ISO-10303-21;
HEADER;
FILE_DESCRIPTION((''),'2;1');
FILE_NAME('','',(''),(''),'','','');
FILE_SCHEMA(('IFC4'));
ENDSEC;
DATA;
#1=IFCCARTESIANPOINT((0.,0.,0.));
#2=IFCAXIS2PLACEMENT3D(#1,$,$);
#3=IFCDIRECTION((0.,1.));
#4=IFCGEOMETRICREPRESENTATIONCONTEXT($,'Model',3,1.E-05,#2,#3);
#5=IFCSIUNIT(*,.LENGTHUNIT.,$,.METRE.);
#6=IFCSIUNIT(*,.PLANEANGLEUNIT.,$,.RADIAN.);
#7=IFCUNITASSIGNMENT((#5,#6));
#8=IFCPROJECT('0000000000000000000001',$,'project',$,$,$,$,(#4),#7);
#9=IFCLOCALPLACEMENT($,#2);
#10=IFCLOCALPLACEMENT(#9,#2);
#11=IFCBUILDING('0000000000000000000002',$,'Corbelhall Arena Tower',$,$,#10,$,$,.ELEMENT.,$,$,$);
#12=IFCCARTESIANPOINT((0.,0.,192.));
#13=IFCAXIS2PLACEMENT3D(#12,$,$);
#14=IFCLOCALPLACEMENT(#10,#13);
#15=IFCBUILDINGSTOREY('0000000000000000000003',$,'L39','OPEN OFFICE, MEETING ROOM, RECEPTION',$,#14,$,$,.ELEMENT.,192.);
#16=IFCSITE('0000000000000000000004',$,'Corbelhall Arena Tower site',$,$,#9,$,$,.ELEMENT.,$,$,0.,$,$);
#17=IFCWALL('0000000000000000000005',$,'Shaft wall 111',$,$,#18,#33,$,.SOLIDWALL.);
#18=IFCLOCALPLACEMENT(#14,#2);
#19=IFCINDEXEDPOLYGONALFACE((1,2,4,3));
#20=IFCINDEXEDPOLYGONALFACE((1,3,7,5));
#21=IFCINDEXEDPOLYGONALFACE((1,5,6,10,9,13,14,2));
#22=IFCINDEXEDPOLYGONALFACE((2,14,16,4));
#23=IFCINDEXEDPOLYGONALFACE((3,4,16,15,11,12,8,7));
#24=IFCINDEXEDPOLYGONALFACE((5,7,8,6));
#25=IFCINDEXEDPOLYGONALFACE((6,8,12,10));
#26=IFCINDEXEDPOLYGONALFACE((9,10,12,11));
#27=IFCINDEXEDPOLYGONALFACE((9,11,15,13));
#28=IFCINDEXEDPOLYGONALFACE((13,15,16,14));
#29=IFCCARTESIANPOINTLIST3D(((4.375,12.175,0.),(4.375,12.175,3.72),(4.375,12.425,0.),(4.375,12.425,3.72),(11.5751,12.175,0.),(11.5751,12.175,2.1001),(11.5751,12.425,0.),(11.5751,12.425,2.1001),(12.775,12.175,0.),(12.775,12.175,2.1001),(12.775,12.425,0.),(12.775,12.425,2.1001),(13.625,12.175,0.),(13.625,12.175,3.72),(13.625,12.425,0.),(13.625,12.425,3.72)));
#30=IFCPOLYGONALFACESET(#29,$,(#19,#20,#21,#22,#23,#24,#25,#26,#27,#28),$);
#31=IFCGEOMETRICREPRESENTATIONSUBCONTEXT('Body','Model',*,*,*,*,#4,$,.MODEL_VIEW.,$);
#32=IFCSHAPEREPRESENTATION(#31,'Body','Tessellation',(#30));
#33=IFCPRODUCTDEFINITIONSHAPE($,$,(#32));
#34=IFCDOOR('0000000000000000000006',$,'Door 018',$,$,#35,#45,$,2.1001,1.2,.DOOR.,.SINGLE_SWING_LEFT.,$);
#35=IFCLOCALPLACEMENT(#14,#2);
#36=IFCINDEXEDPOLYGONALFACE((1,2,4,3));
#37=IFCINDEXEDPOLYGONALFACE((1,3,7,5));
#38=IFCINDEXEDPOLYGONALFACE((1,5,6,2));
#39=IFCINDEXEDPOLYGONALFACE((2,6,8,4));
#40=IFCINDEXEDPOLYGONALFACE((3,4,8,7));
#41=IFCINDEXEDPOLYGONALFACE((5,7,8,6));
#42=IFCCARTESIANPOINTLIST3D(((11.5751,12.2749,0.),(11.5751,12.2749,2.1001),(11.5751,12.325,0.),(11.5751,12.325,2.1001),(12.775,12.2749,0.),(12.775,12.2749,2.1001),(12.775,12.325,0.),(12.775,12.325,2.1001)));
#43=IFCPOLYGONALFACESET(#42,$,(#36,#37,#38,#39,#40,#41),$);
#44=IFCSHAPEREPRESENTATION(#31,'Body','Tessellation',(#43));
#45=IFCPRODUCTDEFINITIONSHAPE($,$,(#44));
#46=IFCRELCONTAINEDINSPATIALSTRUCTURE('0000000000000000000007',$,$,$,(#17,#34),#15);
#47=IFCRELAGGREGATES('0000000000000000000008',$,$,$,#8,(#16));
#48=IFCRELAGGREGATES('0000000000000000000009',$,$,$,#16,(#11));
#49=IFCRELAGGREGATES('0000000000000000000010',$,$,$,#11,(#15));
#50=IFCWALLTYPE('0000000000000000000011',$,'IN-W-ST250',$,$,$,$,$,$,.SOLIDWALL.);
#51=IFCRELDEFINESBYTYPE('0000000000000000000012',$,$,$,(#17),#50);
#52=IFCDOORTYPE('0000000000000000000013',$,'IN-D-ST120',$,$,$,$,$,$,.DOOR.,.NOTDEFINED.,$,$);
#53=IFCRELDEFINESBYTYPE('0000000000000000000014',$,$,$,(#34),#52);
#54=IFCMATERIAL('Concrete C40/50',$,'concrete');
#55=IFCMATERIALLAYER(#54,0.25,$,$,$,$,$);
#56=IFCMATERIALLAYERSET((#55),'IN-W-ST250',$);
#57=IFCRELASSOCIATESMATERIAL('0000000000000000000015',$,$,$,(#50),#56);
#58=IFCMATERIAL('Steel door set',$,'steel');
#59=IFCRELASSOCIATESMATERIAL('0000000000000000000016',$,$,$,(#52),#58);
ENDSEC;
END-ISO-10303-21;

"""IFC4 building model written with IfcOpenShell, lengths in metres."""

from ifc_helpers import new_model, si_unit, direction, frame, frame_2d, origin, place, context, subcontext, project, spatial, rectangle, extrude, material, layer, layer_set, type_object, element, fill, save


model = new_model("IFC4")

# Units and contexts
model_context = context("Model", 3, precision=1e-05, world=origin(), true_north=direction((0.0, 1.0)))
body_context = subcontext(model_context, "Body", "Model", "MODEL_VIEW")
ifc_project = project(units=[si_unit("LENGTHUNIT", "METRE"), si_unit("PLANEANGLEUNIT", "RADIAN")], contexts=[model_context])

# Site, building, storey
site_placement = place(None, origin())
site = spatial("IfcSite", under=ifc_project, at=site_placement, Name="Corbelhall Arena Tower site", CompositionType="ELEMENT", RefElevation=0.0)
building_placement = place(site_placement, origin())
building = spatial("IfcBuilding", under=site, at=building_placement, Name="Corbelhall Arena Tower", CompositionType="ELEMENT")
storey_placement = place(building_placement, frame((0.0, 0.0, 192.0)))
storey = spatial("IfcBuildingStorey", under=building, at=storey_placement, Name="L39", Description="OPEN OFFICE, MEETING ROOM, RECEPTION", CompositionType="ELEMENT", Elevation=192.0)

# Shared definitions
ifc_material_1 = material(Name="Concrete C40/50", Category="concrete")

# Shared definitions
ifc_material_2 = material(Name="Steel door set", Category="steel")

# Wall, opening, door
ifc_layer_1 = layer(ifc_material_1, 0.25)
ifc_layer_set_1 = layer_set([ifc_layer_1], Name="IN-W-ST250")
wall_type_1 = type_object("IfcWallType", Name="IN-W-ST250", PredefinedType="SOLIDWALL", material=ifc_layer_set_1)
wall_1_placement = place(storey_placement, frame((4.375, 12.3, 0.0), z_axis=(0.0, 0.0, 1.0), x_axis=(1.0, 0.0, 0.0)))
wall_1 = element("IfcWall", 1, at=wall_1_placement, inside=storey, type_object=wall_type_1, Name="Shaft wall 111", PredefinedType="SOLIDWALL", context=body_context, shape_type="SweptSolid", body=[
    extrude(rectangle(XDim=9.25, YDim=0.25, at=frame_2d((4.625, 0.0))), origin(), (0.0, 0.0, 1.0), 3.72),
])
opening_1_placement = place(wall_1_placement, frame((7.2, 0.0, 0.0)))
opening_1 = element("IfcOpeningElement", 2, at=opening_1_placement, cuts=wall_1, PredefinedType="OPENING", context=body_context, shape_type="SweptSolid", body=[
    extrude(rectangle(XDim=1.2, YDim=2.1001, at=frame_2d((0.6001, 1.05))), frame((0.0, 0.125, 0.0), z_axis=(0.0, -1.0, 0.0), x_axis=(1.0, 0.0, 0.0)), (0.0, 0.0, 1.0), 0.25),
])
door_type_1 = type_object("IfcDoorType", Name="IN-D-ST120", OperationType="NOTDEFINED", PredefinedType="DOOR", material=ifc_material_2)
door_1_placement = place(opening_1_placement, origin())
door_1 = element("IfcDoor", 3, at=door_1_placement, inside=storey, type_object=door_type_1, Name="Door 018", OperationType="SINGLE_SWING_LEFT", OverallHeight=2.1001, OverallWidth=1.2, PredefinedType="DOOR", context=body_context, shape_type="SweptSolid", body=[
    extrude(rectangle(XDim=1.2, YDim=2.1001, at=frame_2d((0.6001, 1.05))), frame((0.0, 0.0249, 0.0), z_axis=(0.0, -1.0, 0.0), x_axis=(1.0, 0.0, 0.0)), (0.0, 0.0, 1.0), 0.05),
])
fill(opening_1, door_1)

save(model, "model.ifc")
